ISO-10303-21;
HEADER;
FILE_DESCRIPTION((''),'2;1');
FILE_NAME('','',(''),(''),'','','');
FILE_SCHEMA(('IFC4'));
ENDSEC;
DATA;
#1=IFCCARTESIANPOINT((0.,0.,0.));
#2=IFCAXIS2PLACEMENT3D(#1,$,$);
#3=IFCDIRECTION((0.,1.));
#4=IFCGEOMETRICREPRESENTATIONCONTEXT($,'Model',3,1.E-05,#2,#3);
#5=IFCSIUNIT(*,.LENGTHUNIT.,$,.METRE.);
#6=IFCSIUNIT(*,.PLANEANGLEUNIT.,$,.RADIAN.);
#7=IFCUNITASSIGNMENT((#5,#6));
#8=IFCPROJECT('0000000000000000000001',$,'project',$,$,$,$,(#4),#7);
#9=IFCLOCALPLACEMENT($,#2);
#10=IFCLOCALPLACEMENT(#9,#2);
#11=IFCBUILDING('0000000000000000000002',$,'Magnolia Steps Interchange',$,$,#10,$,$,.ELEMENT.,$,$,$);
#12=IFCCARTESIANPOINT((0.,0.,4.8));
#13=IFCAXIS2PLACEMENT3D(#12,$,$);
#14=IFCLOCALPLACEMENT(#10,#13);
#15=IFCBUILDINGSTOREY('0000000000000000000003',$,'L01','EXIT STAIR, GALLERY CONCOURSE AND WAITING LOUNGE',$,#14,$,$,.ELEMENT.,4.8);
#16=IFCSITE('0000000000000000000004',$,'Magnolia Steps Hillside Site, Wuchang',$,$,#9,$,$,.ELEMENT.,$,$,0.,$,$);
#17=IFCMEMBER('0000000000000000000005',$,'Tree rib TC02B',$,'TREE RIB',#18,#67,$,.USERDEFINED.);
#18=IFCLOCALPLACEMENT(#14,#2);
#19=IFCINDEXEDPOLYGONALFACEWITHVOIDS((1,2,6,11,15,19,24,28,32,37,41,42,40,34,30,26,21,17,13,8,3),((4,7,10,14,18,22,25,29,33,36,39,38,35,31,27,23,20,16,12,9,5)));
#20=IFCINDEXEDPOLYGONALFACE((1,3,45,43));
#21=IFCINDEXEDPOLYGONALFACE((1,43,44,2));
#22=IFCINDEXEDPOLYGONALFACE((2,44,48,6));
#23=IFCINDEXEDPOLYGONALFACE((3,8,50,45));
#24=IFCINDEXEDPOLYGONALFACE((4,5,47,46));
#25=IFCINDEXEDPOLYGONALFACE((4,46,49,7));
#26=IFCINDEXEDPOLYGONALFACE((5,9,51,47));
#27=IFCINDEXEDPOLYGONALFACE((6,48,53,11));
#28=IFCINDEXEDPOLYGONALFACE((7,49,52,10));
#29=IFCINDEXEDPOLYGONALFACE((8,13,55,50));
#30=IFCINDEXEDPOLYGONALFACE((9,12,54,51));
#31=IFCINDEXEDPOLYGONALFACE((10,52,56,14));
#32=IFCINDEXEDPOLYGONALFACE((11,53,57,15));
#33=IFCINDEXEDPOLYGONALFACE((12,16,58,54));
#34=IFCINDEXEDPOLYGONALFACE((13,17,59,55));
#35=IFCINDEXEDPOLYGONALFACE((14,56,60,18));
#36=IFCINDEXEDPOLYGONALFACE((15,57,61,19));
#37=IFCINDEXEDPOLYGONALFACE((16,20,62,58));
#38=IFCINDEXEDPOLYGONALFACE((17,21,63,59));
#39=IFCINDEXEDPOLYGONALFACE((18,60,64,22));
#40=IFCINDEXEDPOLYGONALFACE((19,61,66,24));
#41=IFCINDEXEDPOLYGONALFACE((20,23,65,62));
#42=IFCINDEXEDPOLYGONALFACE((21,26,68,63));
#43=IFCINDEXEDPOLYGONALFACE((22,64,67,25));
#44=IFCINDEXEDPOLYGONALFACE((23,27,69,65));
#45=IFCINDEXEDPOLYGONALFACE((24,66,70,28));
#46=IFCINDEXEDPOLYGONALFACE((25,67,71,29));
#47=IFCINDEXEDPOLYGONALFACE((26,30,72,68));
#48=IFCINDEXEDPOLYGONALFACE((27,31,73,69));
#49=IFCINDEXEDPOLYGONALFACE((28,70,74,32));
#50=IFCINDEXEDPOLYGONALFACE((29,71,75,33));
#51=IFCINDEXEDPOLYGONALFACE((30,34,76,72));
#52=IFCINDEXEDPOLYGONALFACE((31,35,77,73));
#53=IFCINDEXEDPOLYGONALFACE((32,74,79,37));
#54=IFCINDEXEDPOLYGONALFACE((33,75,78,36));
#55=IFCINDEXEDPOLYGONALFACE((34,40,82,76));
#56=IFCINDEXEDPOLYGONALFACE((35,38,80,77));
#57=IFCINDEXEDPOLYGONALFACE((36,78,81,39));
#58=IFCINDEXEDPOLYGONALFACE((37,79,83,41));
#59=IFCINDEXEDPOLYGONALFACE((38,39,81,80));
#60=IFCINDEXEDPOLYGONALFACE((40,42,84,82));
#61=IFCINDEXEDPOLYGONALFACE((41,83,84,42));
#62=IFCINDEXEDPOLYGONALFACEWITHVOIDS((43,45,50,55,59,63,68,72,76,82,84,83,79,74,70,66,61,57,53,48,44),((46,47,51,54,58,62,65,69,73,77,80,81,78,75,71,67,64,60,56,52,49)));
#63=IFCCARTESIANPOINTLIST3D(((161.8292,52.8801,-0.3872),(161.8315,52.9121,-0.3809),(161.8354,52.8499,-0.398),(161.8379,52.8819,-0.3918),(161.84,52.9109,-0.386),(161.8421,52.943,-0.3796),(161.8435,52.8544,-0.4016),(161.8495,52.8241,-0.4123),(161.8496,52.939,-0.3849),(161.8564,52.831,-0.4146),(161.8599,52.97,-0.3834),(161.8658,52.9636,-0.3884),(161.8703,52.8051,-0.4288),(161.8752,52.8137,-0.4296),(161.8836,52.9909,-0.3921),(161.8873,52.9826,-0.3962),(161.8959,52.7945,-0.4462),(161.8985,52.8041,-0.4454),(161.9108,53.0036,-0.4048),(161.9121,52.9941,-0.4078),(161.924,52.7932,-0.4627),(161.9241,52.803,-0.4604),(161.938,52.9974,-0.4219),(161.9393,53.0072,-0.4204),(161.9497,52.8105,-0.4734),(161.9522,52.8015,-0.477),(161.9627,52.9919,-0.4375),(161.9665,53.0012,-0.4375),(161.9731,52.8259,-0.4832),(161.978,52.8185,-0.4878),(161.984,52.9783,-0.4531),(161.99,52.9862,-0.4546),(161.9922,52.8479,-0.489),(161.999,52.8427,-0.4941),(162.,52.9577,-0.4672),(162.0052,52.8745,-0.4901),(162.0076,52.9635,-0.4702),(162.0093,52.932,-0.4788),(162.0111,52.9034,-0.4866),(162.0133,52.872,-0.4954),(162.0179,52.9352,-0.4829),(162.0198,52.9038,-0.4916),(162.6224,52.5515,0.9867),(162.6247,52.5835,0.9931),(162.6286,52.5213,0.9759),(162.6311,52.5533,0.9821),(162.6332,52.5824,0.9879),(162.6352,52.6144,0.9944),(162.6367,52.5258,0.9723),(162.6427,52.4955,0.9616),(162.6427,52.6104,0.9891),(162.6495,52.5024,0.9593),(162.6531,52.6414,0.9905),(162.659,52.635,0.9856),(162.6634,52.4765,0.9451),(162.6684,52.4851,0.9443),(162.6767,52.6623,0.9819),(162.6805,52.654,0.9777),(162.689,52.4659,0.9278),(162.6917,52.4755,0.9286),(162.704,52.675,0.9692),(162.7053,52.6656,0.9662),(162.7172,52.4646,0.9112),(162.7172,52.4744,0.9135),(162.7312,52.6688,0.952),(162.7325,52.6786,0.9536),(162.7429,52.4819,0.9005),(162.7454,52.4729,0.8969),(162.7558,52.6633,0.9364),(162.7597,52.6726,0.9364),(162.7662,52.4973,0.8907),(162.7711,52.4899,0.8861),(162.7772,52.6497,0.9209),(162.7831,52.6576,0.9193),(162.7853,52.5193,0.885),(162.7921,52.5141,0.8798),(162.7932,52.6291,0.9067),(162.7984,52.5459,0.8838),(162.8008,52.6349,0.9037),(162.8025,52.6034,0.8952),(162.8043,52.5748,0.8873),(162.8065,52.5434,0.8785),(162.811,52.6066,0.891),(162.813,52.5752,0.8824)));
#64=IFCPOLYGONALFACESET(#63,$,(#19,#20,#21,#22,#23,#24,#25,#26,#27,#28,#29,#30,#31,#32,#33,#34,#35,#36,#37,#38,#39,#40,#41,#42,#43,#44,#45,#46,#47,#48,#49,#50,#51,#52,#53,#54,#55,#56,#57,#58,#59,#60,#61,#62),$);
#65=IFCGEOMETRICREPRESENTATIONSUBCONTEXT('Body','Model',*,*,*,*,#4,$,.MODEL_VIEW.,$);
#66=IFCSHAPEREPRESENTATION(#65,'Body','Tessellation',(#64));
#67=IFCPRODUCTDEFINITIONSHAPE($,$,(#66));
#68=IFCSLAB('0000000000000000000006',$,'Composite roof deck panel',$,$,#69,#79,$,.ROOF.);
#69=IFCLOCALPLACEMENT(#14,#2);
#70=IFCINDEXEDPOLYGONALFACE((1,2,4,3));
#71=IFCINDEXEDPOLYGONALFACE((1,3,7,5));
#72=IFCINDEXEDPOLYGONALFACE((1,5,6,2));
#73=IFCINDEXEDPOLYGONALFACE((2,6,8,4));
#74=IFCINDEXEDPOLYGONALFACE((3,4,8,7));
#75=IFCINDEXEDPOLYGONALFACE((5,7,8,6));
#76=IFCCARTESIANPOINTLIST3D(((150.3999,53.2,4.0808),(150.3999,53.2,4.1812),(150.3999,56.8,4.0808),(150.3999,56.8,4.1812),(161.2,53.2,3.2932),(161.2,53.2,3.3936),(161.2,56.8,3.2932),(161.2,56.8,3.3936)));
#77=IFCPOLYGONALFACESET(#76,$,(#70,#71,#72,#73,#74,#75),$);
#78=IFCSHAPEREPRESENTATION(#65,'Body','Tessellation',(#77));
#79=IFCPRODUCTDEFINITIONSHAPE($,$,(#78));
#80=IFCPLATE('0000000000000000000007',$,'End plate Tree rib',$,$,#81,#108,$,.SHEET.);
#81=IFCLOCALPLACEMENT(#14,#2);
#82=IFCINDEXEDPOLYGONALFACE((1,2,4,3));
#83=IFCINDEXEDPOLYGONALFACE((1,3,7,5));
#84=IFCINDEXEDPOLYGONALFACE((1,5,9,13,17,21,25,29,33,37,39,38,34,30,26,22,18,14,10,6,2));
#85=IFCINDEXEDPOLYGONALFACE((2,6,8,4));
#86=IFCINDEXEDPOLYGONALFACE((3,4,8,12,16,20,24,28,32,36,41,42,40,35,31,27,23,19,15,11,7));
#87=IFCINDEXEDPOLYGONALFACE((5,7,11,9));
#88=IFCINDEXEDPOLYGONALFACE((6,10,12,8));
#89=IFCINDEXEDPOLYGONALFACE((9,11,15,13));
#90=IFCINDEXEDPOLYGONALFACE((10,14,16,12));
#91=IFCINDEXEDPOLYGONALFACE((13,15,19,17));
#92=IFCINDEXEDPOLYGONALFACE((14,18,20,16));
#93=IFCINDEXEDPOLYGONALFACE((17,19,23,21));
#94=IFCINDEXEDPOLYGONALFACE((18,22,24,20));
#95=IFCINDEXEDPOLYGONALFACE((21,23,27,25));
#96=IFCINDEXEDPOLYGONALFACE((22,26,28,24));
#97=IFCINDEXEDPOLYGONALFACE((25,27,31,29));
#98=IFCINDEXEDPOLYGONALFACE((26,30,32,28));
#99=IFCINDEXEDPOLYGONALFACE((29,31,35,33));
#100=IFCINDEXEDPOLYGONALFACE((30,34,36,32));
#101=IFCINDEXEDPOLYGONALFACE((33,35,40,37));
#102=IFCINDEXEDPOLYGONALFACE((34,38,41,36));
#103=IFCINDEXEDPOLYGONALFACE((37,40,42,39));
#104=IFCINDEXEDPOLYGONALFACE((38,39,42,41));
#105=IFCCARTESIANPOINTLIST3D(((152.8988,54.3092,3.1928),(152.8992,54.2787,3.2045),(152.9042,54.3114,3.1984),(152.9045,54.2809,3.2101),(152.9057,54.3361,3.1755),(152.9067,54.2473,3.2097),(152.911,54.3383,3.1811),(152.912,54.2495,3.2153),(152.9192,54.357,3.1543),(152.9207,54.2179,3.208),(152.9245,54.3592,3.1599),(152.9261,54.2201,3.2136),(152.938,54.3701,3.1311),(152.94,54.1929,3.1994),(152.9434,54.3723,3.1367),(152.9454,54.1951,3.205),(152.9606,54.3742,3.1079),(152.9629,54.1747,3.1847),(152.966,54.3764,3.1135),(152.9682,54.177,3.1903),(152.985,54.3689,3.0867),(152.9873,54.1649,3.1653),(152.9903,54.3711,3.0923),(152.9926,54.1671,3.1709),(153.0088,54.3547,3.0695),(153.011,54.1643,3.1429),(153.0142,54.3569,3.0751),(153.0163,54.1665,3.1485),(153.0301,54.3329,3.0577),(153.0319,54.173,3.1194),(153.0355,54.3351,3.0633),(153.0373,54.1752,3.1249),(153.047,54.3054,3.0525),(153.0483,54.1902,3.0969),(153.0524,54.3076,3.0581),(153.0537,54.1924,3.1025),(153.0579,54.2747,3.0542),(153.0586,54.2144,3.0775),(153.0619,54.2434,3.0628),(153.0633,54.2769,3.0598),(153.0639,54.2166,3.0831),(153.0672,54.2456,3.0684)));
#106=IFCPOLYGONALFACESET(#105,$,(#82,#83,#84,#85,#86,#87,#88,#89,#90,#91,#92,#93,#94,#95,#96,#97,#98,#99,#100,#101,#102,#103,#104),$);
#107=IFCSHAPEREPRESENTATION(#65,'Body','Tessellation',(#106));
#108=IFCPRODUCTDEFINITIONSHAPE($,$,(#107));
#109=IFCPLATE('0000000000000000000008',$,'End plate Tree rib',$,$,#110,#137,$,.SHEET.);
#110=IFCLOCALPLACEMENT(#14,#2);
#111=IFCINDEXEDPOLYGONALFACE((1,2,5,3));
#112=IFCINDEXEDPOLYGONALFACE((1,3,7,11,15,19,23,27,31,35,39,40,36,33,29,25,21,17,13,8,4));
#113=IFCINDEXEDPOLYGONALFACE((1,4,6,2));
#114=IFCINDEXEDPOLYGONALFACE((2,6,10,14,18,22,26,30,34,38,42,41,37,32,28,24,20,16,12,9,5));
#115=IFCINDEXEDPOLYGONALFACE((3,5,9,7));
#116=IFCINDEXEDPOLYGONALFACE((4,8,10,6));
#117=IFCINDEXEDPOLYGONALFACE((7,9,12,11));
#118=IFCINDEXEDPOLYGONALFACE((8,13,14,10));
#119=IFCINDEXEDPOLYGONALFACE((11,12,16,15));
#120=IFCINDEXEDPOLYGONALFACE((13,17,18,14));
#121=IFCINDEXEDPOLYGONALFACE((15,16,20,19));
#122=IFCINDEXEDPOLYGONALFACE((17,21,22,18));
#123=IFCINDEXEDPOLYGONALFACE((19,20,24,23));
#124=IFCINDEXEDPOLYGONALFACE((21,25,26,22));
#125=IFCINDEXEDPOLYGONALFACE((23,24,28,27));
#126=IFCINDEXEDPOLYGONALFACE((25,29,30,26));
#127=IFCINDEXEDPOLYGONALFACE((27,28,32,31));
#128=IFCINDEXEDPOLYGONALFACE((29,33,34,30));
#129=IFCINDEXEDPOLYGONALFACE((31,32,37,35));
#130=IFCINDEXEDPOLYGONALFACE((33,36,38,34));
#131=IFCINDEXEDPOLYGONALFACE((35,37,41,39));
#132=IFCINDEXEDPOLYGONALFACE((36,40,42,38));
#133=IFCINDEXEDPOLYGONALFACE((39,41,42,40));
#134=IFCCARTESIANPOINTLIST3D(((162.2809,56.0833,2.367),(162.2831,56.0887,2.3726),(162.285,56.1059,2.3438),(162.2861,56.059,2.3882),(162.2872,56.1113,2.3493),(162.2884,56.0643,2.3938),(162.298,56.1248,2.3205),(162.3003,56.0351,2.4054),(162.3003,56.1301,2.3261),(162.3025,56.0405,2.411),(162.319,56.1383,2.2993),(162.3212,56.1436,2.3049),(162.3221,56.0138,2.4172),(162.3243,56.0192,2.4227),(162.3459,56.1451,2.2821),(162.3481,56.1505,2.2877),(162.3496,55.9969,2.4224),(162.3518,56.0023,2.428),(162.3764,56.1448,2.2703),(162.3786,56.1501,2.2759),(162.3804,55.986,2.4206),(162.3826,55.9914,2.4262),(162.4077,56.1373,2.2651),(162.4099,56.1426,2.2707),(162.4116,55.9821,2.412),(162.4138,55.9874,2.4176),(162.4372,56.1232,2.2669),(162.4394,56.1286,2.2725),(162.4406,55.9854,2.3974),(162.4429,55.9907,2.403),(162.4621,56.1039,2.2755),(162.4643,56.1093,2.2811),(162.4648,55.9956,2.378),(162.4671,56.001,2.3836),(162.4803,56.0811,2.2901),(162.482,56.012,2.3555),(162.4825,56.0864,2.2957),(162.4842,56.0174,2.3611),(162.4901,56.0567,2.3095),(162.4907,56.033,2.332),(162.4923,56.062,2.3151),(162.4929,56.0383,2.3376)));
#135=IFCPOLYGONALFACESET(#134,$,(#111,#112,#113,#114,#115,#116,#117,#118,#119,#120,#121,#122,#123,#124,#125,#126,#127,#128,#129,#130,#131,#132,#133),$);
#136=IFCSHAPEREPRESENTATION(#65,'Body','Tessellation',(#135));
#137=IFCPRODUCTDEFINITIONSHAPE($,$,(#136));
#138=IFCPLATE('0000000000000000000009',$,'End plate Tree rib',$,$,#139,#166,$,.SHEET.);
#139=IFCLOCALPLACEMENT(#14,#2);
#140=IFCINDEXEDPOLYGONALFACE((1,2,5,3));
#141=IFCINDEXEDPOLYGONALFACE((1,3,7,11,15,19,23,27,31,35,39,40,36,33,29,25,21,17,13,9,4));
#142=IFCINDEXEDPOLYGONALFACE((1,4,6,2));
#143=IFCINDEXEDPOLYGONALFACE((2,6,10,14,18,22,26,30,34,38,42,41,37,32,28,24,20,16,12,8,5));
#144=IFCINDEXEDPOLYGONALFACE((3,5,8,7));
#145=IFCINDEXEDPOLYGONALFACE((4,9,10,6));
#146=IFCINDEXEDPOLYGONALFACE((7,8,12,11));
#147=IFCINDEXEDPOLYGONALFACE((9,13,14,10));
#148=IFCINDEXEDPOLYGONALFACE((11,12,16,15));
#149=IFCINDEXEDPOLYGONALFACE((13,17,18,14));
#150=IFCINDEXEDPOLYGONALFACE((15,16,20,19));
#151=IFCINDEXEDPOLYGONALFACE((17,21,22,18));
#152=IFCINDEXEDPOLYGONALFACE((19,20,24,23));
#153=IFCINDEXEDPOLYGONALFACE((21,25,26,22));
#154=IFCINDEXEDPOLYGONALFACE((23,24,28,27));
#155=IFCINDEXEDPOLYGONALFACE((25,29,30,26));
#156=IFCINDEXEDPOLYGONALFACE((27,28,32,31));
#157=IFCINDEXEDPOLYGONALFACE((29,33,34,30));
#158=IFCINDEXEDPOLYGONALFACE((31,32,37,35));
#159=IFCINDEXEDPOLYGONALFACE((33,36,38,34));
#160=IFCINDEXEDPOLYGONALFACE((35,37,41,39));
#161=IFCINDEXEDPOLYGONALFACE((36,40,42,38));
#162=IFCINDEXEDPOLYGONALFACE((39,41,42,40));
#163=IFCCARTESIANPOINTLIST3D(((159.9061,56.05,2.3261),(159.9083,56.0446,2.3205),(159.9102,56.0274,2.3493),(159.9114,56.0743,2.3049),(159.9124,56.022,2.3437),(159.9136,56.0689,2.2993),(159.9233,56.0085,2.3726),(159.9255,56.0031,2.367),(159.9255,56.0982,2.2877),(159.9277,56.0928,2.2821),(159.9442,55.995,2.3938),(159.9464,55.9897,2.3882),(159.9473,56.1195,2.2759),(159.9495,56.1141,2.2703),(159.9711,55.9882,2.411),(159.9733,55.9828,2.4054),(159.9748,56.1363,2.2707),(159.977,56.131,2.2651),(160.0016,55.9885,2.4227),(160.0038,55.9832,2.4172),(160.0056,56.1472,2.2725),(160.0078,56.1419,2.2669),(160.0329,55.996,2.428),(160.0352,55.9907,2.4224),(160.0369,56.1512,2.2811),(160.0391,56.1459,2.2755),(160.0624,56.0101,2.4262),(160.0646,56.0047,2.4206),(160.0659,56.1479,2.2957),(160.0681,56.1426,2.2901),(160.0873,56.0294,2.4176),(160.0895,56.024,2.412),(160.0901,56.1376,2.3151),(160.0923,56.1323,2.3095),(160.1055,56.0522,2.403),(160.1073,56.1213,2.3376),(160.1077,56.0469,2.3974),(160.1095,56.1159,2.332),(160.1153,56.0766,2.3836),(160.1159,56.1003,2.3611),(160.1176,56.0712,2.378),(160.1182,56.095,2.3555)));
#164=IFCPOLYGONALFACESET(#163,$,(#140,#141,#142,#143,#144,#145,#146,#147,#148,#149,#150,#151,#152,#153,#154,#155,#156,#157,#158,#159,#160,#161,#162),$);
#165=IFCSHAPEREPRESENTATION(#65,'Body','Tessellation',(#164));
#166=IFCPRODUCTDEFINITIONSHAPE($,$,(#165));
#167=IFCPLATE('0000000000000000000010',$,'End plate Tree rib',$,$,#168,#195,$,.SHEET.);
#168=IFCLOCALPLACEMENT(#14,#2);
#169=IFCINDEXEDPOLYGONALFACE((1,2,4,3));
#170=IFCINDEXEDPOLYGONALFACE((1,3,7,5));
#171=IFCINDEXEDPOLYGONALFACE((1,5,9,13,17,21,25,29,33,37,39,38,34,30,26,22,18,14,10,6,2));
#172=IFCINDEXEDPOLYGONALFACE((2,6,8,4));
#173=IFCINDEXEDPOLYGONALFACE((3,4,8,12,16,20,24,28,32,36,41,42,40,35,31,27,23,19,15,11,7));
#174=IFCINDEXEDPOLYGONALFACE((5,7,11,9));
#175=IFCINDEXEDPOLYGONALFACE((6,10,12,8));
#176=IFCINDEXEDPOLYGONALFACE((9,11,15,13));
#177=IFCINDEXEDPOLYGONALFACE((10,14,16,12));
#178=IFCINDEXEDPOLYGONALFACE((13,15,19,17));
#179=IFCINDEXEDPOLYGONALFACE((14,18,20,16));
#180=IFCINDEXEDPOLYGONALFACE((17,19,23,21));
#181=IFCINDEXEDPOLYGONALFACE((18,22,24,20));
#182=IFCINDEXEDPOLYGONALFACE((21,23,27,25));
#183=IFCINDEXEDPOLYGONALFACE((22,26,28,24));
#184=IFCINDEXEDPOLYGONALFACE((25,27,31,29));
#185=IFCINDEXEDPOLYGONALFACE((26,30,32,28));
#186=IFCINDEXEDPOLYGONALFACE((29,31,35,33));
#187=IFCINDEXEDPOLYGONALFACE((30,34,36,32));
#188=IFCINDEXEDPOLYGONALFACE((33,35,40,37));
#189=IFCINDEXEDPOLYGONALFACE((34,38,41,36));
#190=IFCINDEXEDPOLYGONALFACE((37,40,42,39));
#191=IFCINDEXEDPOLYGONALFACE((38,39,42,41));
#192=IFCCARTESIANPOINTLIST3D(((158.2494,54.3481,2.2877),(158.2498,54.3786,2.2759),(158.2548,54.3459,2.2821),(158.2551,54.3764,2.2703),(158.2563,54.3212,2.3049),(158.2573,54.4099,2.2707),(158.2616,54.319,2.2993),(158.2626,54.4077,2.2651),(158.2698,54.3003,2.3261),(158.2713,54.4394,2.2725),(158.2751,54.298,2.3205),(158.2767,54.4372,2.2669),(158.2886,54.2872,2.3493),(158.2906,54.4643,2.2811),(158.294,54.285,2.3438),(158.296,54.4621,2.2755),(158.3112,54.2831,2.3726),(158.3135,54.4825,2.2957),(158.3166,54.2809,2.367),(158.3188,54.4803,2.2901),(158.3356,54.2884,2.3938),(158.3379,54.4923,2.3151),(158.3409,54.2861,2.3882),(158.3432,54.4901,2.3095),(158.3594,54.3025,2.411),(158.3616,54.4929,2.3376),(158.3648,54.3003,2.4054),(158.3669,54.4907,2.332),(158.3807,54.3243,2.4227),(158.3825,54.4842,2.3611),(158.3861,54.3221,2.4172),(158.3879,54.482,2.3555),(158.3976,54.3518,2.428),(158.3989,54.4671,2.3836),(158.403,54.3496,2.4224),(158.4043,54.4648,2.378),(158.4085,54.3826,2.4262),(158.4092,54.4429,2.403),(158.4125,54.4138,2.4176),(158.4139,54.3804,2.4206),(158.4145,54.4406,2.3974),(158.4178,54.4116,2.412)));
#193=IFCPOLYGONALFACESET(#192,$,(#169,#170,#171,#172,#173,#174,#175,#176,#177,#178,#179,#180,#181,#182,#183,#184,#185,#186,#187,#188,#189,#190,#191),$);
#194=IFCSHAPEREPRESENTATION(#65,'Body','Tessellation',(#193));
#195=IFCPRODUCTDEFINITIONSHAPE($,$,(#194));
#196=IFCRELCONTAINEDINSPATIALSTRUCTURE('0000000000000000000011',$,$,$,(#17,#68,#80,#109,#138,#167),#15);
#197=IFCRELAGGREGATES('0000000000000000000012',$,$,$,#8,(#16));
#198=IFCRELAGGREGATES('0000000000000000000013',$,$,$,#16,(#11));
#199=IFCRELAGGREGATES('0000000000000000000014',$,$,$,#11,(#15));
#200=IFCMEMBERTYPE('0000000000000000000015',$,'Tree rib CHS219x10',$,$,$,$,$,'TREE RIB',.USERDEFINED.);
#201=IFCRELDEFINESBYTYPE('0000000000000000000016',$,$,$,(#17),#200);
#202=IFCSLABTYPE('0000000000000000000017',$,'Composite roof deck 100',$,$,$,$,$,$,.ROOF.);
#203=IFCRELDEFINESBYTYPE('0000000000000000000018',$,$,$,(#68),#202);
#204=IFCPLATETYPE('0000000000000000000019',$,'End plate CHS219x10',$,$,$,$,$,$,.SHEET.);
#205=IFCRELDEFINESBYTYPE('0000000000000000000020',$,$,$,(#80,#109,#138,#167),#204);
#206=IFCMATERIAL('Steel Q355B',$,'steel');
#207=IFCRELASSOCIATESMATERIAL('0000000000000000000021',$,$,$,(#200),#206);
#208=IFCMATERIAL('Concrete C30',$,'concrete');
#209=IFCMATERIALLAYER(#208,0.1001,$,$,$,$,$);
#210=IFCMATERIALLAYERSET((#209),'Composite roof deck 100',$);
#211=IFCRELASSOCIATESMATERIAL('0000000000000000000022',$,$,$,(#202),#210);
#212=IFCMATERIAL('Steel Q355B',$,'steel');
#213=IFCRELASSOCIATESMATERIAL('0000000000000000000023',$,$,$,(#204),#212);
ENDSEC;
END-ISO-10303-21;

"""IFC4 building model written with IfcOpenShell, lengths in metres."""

from ifc_helpers import new_model, si_unit, direction, frame, origin, origin_2d, place, context, subcontext, project, spatial, polyline, circle, hollow_circle, outline, extrude, material, layer, layer_set, material_profile, profile_set, type_object, element, save


model = new_model("IFC4")

# Units and contexts
model_context = context("Model", 3, precision=1e-05, world=origin(), true_north=direction((0.0, 1.0)))
body_context = subcontext(model_context, "Body", "Model", "MODEL_VIEW")
ifc_project = project(units=[si_unit("LENGTHUNIT", "METRE"), si_unit("PLANEANGLEUNIT", "RADIAN")], contexts=[model_context])

# Site, building, storey
site_placement = place(None, origin())
site = spatial("IfcSite", under=ifc_project, at=site_placement, Name="Magnolia Steps Hillside Site, Wuchang", CompositionType="ELEMENT", RefElevation=0.0)
building_placement = place(site_placement, origin())
building = spatial("IfcBuilding", under=site, at=building_placement, Name="Magnolia Steps Interchange", CompositionType="ELEMENT")
storey_placement = place(building_placement, frame((0.0, 0.0, 4.8)))
storey = spatial("IfcBuildingStorey", under=building, at=storey_placement, Name="L01", Description="EXIT STAIR, GALLERY CONCOURSE AND WAITING LOUNGE", CompositionType="ELEMENT", Elevation=4.8)

# Member
ifc_material_1 = material(Name="Steel Q355B", Category="steel")
ifc_material_profile_1 = material_profile(ifc_material_1, hollow_circle(Radius=0.1096, WallThickness=0.01, at=origin_2d()), Name="CHS219x10")
ifc_profile_set_1 = profile_set([ifc_material_profile_1], Name="Steel Q355B")
member_type = type_object("IfcMemberType", Name="Tree rib CHS219x10", ElementType="TREE RIB", PredefinedType="USERDEFINED", material=ifc_profile_set_1)
for number, where, z_axis, x_axis, name in (
    (1, (161.9246, 52.8999, -0.4375), (0.489571, -0.20282, 0.848047), (0.382737, 0.923857, 0.0), "Tree rib TC02B"),
):
    element("IfcMember", number, at=place(storey_placement, frame(where, z_axis=z_axis, x_axis=x_axis)), inside=storey, type_object=member_type, Name=name, ObjectType="TREE RIB", PredefinedType="USERDEFINED", context=body_context, shape_type="SweptSolid", body=[
        extrude(hollow_circle(Radius=0.1096, WallThickness=0.01, at=origin_2d()), origin(), (0.0, 0.0, 1.0), 1.6201),
    ])

# Slab
ifc_material_2 = material(Name="Concrete C30", Category="concrete")
ifc_layer = layer(ifc_material_2, 0.1001)
ifc_layer_set = layer_set([ifc_layer], Name="Composite roof deck 100")
slab_type = type_object("IfcSlabType", Name="Composite roof deck 100", PredefinedType="ROOF", material=ifc_layer_set)
slab_placement = place(storey_placement, frame((161.2, 53.2, 3.3936), z_axis=(0.072732, 0.0, 0.997352), x_axis=(0.0, 1.0, 0.0)))
element("IfcSlab", 2, at=slab_placement, inside=storey, type_object=slab_type, Name="Composite roof deck panel", PredefinedType="ROOF", context=body_context, shape_type="SweptSolid", body=[
    extrude(outline(polyline([(0.0, 0.0), (3.6001, 0.0), (3.6001, 10.8287), (0.0, 10.8287), (0.0, 0.0)])), origin(), (0.0, -0.072732, -0.997352), 0.1003),
])

# Plates
ifc_material_3 = material(Name="Steel Q355B", Category="steel")
ifc_material_profile_2 = material_profile(ifc_material_3, circle(Radius=0.1096, at=origin_2d()), Name="End plate CHS219x10")
ifc_profile_set_2 = profile_set([ifc_material_profile_2], Name="Steel Q355B")
plate_type = type_object("IfcPlateType", Name="End plate CHS219x10", PredefinedType="SHEET", material=ifc_profile_set_2)
for number, where, z_axis, x_axis, name in (
    (3, (152.98, 54.2688, 3.1311), (0.664583, 0.275279, 0.694658), (-0.382683, 0.92388, 0.0), "End plate Tree rib"),
    (4, (162.3862, 56.064, 2.3438), (0.275279, 0.664583, 0.694658), (-0.92388, 0.382683, 0.0), "End plate Tree rib"),
    (5, (160.0137, 56.064, 2.3438), (-0.275279, 0.664583, 0.694658), (-0.92388, -0.382683, 0.0), "End plate Tree rib"),
    (6, (158.3359, 54.3862, 2.3438), (-0.664583, 0.275279, 0.694658), (-0.382683, -0.92388, 0.0), "End plate Tree rib"),
):
    element("IfcPlate", number, at=place(storey_placement, frame(where, z_axis=z_axis, x_axis=x_axis)), inside=storey, type_object=plate_type, Name=name, PredefinedType="SHEET", context=body_context, shape_type="SweptSolid", body=[
        extrude(circle(Radius=0.1096, at=origin_2d()), origin(), (0.0, 0.0, 1.0), 0.0081),
    ])

save(model, "model.ifc")
